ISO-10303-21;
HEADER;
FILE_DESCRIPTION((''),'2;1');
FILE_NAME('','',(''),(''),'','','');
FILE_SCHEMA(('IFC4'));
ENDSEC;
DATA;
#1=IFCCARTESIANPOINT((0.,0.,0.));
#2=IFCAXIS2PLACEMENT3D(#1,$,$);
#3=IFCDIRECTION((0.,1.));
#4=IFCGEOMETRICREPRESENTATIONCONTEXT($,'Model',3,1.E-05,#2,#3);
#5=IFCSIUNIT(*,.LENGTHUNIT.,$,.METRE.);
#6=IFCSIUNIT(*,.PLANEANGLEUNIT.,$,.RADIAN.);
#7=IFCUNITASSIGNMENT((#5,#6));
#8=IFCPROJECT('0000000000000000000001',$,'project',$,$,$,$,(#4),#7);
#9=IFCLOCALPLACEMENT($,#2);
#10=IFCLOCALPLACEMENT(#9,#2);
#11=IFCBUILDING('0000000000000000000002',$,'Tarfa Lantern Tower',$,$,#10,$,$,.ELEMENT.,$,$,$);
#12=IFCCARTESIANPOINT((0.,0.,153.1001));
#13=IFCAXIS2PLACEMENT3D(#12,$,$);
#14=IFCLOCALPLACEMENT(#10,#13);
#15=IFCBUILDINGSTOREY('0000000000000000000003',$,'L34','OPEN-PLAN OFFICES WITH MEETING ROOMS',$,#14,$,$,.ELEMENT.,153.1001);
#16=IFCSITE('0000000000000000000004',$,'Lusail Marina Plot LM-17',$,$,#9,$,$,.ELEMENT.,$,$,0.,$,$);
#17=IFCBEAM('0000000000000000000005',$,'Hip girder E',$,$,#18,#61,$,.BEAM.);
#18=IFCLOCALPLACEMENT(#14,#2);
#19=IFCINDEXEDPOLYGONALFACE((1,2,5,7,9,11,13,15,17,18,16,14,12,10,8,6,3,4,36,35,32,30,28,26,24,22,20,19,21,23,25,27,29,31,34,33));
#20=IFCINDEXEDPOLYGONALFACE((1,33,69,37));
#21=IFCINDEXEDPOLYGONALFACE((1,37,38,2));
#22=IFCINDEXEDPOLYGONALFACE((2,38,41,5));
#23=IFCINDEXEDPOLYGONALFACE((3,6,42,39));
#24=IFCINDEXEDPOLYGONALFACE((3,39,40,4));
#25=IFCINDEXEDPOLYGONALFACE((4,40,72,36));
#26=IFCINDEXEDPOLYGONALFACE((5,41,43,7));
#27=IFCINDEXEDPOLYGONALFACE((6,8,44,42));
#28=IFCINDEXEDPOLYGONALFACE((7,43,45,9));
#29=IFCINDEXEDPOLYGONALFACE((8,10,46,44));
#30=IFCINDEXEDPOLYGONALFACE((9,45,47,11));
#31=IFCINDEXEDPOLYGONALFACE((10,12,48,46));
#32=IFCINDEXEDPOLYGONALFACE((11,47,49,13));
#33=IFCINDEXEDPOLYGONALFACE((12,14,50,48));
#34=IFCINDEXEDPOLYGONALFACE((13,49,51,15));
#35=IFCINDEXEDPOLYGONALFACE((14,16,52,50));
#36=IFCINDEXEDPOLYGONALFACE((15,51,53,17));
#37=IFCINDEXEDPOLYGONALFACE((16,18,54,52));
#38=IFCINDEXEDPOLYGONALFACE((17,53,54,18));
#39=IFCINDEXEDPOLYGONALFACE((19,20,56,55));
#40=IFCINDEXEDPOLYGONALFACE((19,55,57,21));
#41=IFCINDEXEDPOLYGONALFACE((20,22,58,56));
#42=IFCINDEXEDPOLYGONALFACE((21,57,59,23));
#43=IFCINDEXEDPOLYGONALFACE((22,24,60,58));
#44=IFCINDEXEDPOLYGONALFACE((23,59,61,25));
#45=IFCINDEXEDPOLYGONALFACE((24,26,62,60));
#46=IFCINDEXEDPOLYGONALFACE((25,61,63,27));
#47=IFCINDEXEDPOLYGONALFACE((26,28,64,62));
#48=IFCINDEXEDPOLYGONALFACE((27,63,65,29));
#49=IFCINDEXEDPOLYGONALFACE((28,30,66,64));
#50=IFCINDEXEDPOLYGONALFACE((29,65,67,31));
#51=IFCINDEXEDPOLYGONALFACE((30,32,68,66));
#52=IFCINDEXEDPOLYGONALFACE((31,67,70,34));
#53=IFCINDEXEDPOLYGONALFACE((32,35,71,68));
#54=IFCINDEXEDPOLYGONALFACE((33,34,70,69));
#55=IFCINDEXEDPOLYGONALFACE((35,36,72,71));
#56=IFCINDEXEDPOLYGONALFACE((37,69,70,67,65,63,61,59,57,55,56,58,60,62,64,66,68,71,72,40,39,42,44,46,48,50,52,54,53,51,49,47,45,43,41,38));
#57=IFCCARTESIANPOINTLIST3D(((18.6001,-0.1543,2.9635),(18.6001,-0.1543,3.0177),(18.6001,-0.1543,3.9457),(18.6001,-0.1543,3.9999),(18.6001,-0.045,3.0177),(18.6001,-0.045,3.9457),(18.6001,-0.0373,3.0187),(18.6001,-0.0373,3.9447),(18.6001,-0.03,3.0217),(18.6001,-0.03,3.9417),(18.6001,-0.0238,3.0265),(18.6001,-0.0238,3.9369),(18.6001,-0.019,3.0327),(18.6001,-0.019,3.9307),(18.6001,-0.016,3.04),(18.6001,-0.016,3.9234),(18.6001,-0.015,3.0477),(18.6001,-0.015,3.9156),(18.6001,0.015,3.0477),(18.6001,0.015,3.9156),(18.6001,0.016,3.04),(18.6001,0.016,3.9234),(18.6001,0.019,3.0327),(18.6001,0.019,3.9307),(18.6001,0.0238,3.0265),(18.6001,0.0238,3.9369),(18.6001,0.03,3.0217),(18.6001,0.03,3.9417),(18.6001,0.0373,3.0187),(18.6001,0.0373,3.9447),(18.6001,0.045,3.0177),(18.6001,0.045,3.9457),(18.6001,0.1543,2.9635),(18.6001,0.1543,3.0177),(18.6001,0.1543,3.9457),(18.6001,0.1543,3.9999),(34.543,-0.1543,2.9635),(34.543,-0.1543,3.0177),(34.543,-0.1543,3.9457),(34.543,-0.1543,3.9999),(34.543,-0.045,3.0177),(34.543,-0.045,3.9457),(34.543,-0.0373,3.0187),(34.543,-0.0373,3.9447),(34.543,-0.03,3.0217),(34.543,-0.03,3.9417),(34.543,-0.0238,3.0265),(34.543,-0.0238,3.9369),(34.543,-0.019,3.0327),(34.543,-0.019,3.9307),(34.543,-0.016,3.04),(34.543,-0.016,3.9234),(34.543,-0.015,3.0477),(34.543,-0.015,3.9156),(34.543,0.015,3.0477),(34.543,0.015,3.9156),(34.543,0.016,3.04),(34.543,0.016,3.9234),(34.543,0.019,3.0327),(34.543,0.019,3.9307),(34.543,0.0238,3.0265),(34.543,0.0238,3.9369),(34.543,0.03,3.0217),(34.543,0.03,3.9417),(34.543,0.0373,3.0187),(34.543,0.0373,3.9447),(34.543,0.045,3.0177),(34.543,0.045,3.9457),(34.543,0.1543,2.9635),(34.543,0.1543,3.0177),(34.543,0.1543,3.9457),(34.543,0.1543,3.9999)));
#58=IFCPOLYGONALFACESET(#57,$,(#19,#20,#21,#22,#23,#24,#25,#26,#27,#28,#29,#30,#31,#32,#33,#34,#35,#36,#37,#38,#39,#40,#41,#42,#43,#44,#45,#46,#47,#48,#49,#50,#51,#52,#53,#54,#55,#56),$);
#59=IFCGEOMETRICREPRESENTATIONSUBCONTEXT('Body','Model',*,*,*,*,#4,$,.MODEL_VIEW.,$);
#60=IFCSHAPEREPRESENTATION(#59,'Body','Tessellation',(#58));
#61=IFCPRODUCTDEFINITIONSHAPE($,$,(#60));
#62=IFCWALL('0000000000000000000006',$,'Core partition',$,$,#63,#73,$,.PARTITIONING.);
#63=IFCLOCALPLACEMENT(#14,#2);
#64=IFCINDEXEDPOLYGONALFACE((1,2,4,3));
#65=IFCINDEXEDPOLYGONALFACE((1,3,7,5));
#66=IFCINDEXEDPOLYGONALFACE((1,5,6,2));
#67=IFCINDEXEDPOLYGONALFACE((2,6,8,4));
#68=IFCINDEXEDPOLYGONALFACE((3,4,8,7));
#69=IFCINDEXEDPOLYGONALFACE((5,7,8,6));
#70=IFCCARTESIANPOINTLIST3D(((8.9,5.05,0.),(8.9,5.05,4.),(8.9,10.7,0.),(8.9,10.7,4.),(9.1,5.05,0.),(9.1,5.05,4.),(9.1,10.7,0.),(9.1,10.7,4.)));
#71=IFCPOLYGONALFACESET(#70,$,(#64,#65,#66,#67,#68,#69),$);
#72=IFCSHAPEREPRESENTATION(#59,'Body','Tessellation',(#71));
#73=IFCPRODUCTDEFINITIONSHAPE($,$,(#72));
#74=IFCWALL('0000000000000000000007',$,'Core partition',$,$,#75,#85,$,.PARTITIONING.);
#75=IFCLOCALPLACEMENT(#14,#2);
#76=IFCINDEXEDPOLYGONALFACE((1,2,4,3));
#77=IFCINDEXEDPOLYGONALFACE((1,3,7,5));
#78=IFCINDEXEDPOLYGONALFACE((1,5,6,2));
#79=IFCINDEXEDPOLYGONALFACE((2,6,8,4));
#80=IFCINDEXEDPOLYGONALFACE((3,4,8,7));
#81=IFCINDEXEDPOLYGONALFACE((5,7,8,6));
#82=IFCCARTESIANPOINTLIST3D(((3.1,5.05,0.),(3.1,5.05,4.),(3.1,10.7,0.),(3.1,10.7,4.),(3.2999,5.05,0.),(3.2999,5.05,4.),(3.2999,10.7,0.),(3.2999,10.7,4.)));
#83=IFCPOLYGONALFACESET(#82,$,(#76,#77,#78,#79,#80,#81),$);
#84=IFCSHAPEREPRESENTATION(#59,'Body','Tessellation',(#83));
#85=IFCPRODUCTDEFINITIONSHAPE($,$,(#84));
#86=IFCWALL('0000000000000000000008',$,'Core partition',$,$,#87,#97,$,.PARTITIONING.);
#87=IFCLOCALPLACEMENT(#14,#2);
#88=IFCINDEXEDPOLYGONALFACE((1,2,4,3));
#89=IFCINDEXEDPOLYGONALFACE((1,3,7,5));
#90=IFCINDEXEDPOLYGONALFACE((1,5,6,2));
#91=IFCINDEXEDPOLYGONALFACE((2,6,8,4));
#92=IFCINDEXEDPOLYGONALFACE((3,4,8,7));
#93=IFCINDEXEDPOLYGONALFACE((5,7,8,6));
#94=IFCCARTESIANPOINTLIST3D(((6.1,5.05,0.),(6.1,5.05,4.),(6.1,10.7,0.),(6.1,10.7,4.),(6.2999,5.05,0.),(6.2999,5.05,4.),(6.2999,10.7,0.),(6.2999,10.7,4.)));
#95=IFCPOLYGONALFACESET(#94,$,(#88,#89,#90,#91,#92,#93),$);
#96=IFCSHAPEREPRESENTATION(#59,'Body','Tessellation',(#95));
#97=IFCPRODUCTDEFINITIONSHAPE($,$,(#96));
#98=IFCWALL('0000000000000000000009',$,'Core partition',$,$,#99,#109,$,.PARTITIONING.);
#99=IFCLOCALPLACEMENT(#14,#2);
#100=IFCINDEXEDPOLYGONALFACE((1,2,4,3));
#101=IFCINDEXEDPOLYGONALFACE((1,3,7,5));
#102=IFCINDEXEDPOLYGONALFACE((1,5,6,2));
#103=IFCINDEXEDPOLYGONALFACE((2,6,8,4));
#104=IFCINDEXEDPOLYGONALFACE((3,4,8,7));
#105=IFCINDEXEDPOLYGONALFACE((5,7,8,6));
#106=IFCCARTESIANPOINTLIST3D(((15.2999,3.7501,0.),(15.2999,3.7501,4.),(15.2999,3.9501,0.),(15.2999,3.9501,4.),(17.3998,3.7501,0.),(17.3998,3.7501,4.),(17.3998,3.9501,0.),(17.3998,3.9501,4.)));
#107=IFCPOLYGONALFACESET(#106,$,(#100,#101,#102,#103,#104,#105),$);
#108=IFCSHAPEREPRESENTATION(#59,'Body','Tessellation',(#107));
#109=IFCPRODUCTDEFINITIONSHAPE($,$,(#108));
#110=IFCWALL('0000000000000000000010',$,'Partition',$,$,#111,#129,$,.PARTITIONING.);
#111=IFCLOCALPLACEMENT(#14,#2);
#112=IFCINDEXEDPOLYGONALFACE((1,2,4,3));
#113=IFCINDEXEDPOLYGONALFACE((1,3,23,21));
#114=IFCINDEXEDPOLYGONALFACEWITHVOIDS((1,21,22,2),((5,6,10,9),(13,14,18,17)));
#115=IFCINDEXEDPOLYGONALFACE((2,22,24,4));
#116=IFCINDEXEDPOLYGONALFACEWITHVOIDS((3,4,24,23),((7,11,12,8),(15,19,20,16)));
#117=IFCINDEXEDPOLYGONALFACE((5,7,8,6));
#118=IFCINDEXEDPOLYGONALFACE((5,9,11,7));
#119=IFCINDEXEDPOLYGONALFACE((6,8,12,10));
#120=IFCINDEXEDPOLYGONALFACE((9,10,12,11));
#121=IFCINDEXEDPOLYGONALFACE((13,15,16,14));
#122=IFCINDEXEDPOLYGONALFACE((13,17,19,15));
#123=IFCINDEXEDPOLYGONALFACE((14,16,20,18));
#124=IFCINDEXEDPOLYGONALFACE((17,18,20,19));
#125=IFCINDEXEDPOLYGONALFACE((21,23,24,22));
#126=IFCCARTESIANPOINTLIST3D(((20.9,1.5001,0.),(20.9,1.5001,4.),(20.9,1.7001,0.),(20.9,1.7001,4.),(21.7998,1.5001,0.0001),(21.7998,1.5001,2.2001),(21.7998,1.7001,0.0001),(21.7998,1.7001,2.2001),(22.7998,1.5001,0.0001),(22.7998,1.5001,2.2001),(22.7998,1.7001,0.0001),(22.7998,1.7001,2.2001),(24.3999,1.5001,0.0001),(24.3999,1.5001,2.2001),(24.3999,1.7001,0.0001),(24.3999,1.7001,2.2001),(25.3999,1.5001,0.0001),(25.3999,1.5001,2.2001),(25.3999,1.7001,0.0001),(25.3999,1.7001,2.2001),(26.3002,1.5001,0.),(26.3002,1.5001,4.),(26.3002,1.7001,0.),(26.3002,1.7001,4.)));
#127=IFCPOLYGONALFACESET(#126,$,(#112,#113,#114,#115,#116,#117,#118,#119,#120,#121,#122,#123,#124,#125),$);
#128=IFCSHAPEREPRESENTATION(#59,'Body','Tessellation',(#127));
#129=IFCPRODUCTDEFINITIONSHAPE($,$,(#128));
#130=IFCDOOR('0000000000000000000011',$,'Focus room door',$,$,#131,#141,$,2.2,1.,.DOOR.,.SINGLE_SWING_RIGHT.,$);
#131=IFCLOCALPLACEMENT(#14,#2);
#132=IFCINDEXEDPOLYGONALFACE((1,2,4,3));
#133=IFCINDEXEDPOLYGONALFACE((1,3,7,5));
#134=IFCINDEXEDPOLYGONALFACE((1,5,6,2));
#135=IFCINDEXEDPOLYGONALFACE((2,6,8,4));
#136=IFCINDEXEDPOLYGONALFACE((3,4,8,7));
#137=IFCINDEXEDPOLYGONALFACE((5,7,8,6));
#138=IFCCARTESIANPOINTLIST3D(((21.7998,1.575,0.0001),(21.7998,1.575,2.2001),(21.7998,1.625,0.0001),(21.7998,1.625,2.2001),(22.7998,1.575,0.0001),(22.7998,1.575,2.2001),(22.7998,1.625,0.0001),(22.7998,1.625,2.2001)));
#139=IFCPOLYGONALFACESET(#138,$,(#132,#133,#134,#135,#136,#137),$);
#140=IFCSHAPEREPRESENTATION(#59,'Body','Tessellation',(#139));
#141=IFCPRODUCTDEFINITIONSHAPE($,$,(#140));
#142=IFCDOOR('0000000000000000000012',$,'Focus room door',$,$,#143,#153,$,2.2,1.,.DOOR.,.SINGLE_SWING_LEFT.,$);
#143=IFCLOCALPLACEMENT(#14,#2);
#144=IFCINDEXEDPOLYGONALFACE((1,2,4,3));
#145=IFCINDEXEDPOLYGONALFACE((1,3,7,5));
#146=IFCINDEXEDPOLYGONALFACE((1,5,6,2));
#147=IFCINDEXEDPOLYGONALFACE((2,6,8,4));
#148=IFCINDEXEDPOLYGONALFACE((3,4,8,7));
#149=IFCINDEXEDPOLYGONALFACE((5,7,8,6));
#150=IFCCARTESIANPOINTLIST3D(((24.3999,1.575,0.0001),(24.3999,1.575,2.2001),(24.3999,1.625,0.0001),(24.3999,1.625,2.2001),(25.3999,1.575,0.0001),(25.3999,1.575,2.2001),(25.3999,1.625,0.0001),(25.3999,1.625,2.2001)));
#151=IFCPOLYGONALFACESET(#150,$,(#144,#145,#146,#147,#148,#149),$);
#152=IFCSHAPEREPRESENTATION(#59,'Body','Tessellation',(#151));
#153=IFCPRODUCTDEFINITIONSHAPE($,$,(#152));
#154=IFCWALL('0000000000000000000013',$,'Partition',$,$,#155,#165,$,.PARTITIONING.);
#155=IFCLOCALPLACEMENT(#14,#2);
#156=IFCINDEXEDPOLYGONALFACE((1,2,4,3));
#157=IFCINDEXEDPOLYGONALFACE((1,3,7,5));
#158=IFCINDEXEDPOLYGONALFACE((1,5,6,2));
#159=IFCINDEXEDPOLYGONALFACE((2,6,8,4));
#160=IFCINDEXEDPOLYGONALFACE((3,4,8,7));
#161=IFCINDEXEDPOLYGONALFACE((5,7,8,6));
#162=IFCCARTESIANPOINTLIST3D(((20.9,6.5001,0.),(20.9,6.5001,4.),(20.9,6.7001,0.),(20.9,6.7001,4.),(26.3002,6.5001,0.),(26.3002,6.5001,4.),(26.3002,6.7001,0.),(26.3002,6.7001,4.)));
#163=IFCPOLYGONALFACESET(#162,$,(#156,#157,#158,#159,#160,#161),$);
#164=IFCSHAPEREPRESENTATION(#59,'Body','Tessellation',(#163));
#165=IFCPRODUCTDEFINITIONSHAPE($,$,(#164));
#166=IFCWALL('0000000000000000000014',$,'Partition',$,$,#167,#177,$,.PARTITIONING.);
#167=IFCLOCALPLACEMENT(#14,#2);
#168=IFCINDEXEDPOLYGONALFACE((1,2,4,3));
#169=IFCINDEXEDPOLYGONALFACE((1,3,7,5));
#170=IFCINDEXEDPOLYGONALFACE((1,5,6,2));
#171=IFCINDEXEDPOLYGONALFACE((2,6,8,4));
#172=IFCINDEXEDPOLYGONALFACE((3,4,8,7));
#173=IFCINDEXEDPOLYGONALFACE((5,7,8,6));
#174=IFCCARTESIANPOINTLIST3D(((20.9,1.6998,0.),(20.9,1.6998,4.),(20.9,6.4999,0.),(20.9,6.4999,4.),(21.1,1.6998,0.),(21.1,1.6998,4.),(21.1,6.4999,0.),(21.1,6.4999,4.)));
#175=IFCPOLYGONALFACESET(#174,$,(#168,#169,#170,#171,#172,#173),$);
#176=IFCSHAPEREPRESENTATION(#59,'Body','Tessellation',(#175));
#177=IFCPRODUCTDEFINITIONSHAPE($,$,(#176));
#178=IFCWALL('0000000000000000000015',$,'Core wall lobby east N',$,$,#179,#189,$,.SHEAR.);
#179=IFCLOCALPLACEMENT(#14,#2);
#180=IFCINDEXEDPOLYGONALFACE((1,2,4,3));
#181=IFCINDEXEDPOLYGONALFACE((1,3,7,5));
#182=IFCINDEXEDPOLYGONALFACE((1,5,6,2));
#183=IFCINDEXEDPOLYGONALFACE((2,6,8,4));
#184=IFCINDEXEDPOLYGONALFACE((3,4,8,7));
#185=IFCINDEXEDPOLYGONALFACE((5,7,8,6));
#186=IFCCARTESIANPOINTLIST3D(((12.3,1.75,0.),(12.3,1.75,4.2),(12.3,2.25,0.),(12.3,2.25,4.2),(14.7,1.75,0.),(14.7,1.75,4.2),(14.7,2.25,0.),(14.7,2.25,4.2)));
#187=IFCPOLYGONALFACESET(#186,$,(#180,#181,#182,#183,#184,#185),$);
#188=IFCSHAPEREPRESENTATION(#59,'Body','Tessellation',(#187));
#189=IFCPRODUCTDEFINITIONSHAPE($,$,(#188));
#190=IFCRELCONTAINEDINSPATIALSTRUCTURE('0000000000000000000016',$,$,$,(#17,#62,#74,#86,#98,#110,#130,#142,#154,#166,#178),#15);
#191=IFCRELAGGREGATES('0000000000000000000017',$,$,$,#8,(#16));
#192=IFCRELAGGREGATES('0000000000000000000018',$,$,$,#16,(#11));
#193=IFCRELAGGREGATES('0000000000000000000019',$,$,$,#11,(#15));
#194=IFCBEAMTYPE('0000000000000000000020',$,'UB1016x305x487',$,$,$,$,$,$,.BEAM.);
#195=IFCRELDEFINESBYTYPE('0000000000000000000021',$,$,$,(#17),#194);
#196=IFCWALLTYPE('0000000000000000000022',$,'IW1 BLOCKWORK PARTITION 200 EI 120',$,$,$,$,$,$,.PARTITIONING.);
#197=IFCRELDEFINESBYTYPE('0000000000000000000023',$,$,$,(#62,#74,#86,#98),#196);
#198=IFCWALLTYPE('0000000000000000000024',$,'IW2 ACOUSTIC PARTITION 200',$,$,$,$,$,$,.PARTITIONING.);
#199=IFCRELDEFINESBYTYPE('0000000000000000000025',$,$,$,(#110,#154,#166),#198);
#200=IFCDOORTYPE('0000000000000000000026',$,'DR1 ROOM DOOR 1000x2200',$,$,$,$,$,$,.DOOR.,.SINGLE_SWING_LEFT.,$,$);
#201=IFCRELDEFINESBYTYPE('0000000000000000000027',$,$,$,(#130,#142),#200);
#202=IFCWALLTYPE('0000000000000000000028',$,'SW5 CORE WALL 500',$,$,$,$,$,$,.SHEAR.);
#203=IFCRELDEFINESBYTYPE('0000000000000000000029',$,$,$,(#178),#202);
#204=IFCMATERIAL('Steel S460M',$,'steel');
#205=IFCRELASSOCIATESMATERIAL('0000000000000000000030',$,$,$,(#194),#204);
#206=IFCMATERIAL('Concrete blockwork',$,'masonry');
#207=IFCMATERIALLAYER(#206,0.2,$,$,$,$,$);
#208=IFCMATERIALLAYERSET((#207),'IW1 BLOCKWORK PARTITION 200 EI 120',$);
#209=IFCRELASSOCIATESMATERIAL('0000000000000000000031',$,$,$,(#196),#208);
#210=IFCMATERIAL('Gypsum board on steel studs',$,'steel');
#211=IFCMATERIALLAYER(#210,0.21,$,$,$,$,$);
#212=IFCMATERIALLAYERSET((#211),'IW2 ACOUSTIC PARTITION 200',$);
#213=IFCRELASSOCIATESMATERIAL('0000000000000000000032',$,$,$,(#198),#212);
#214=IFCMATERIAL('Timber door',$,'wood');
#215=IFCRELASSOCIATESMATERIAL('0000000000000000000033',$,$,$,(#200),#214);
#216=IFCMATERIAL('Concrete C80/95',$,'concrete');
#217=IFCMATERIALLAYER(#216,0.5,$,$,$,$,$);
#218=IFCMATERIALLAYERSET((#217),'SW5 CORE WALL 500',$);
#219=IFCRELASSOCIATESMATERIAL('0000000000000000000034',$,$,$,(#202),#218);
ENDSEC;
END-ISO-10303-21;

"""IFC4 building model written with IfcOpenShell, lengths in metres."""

from ifc_helpers import new_model, si_unit, direction, frame, frame_2d, origin, origin_2d, place, context, subcontext, project, spatial, rectangle, i_section, extrude, material, layer, layer_set, material_profile, profile_set, type_object, element, fill, save


model = new_model("IFC4")

# Units and contexts
model_context = context("Model", 3, precision=1e-05, world=origin(), true_north=direction((0.0, 1.0)))
body_context = subcontext(model_context, "Body", "Model", "MODEL_VIEW")
ifc_project = project(units=[si_unit("LENGTHUNIT", "METRE"), si_unit("PLANEANGLEUNIT", "RADIAN")], contexts=[model_context])

# Site, building, storey
site_placement = place(None, origin())
site = spatial("IfcSite", under=ifc_project, at=site_placement, Name="Lusail Marina Plot LM-17", CompositionType="ELEMENT", RefElevation=0.0)
building_placement = place(site_placement, origin())
building = spatial("IfcBuilding", under=site, at=building_placement, Name="Tarfa Lantern Tower", CompositionType="ELEMENT")
storey_placement = place(building_placement, frame((0.0, 0.0, 153.1001)))
storey = spatial("IfcBuildingStorey", under=building, at=storey_placement, Name="L34", Description="OPEN-PLAN OFFICES WITH MEETING ROOMS", CompositionType="ELEMENT", Elevation=153.1001)

# Beam
ifc_material_1 = material(Name="Steel S460M", Category="steel")
ifc_material_profile = material_profile(ifc_material_1, i_section(OverallWidth=0.3086, OverallDepth=1.0364, WebThickness=0.03, FlangeThickness=0.0542, FilletRadius=0.03, at=origin_2d()), Name="UB1016x305x487")
ifc_profile_set = profile_set([ifc_material_profile], Name="Steel S460M")
beam_type = type_object("IfcBeamType", Name="UB1016x305x487", PredefinedType="BEAM", material=ifc_profile_set)
beam_placement = place(storey_placement, frame((18.6001, 0.0, 3.4817), z_axis=(1.0, 0.0, 0.0), x_axis=(0.0, 1.0, 0.0)))
element("IfcBeam", 1, at=beam_placement, inside=storey, type_object=beam_type, Name="Hip girder E", PredefinedType="BEAM", context=body_context, shape_type="SweptSolid", body=[
    extrude(i_section(OverallWidth=0.3086, OverallDepth=1.0364, WebThickness=0.03, FlangeThickness=0.0542, FilletRadius=0.03, at=origin_2d()), origin(), (0.0, 0.0, 1.0), 15.9429),
])

# Walls
ifc_material_2 = material(Name="Concrete blockwork", Category="masonry")
ifc_layer_1 = layer(ifc_material_2, 0.2)
ifc_layer_set_1 = layer_set([ifc_layer_1], Name="IW1 BLOCKWORK PARTITION 200 EI 120")
wall_type_1 = type_object("IfcWallType", Name="IW1 BLOCKWORK PARTITION 200 EI 120", PredefinedType="PARTITIONING", material=ifc_layer_set_1)
for number, where, z_axis, x_axis, name in (
    (2, (9.0, 5.05, 0.0), (0.0, 0.0, 1.0), (0.0, 1.0, 0.0), "Core partition"),
    (3, (3.2, 5.05, 0.0), (0.0, 0.0, 1.0), (0.0, 1.0, 0.0), "Core partition"),
    (4, (6.2, 5.05, 0.0), (0.0, 0.0, 1.0), (0.0, 1.0, 0.0), "Core partition"),
):
    element("IfcWall", number, at=place(storey_placement, frame(where, z_axis=z_axis, x_axis=x_axis)), inside=storey, type_object=wall_type_1, Name=name, PredefinedType="PARTITIONING", context=body_context, shape_type="SweptSolid", body=[
        extrude(rectangle(XDim=5.6499, YDim=0.2, at=frame_2d((2.825, 0.0))), origin(), (0.0, 0.0, 1.0), 4.0),
    ])
wall_1_placement = place(storey_placement, frame((15.3, 3.8501, 0.0), z_axis=(0.0, 0.0, 1.0), x_axis=(1.0, 0.0, 0.0)))
element("IfcWall", 5, at=wall_1_placement, inside=storey, type_object=wall_type_1, Name="Core partition", PredefinedType="PARTITIONING", context=body_context, shape_type="SweptSolid", body=[
    extrude(rectangle(XDim=2.0999, YDim=0.2, at=frame_2d((1.0498, 0.0))), origin(), (0.0, 0.0, 1.0), 4.0),
])

# Wall, openings, doors
ifc_material_3 = material(Name="Gypsum board on steel studs", Category="steel")
ifc_layer_2 = layer(ifc_material_3, 0.21)
ifc_layer_set_2 = layer_set([ifc_layer_2], Name="IW2 ACOUSTIC PARTITION 200")
wall_type_2 = type_object("IfcWallType", Name="IW2 ACOUSTIC PARTITION 200", PredefinedType="PARTITIONING", material=ifc_layer_set_2)
wall_2_placement = place(storey_placement, frame((20.8999, 1.6001, 0.0), z_axis=(0.0, 0.0, 1.0), x_axis=(1.0, 0.0, 0.0)))
wall_2 = element("IfcWall", 6, at=wall_2_placement, inside=storey, type_object=wall_type_2, Name="Partition", PredefinedType="PARTITIONING", context=body_context, shape_type="SweptSolid", body=[
    extrude(rectangle(XDim=5.4001, YDim=0.2, at=frame_2d((2.7002, 0.0))), origin(), (0.0, 0.0, 1.0), 4.0),
])
opening_1_placement = place(wall_2_placement, frame((0.8999, 0.0, 0.0)))
opening_1 = element("IfcOpeningElement", 7, at=opening_1_placement, cuts=wall_2, PredefinedType="OPENING", context=body_context, shape_type="SweptSolid", body=[
    extrude(rectangle(XDim=1.0, YDim=2.2, at=frame_2d((0.5, 1.1001))), frame((0.0, 0.1099, 0.0), z_axis=(0.0, -1.0, 0.0), x_axis=(1.0, 0.0, 0.0)), (0.0, 0.0, 1.0), 0.22),
])
opening_2_placement = place(wall_2_placement, frame((3.5, 0.0, 0.0)))
opening_2 = element("IfcOpeningElement", 8, at=opening_2_placement, cuts=wall_2, PredefinedType="OPENING", context=body_context, shape_type="SweptSolid", body=[
    extrude(rectangle(XDim=1.0, YDim=2.2, at=frame_2d((0.5, 1.1001))), frame((0.0, 0.1099, 0.0), z_axis=(0.0, -1.0, 0.0), x_axis=(1.0, 0.0, 0.0)), (0.0, 0.0, 1.0), 0.22),
])
ifc_material_4 = material(Name="Timber door", Category="wood")
door_type_1 = type_object("IfcDoorType", Name="DR1 ROOM DOOR 1000x2200", OperationType="SINGLE_SWING_LEFT", PredefinedType="DOOR", material=ifc_material_4)
door_1_placement = place(opening_1_placement, origin())
door_1 = element("IfcDoor", 9, at=door_1_placement, inside=storey, type_object=door_type_1, Name="Focus room door", OperationType="SINGLE_SWING_RIGHT", OverallHeight=2.2, OverallWidth=1.0, PredefinedType="DOOR", context=body_context, shape_type="SweptSolid", body=[
    extrude(rectangle(XDim=1.0, YDim=2.2, at=frame_2d((0.5, 1.1001))), frame((0.0, 0.0249, 0.0), z_axis=(0.0, -1.0, 0.0), x_axis=(1.0, 0.0, 0.0)), (0.0, 0.0, 1.0), 0.05),
])
fill(opening_1, door_1)
door_2_placement = place(opening_2_placement, origin())
door_2 = element("IfcDoor", 10, at=door_2_placement, inside=storey, type_object=door_type_1, Name="Focus room door", OperationType="SINGLE_SWING_LEFT", OverallHeight=2.2, OverallWidth=1.0, PredefinedType="DOOR", context=body_context, shape_type="SweptSolid", body=[
    extrude(rectangle(XDim=1.0, YDim=2.2, at=frame_2d((0.5, 1.1001))), frame((0.0, 0.0249, 0.0), z_axis=(0.0, -1.0, 0.0), x_axis=(1.0, 0.0, 0.0)), (0.0, 0.0, 1.0), 0.05),
])
fill(opening_2, door_2)

# Walls
wall_3_placement = place(storey_placement, frame((20.8999, 6.6001, 0.0), z_axis=(0.0, 0.0, 1.0), x_axis=(1.0, 0.0, 0.0)))
element("IfcWall", 11, at=wall_3_placement, inside=storey, type_object=wall_type_2, Name="Partition", PredefinedType="PARTITIONING", context=body_context, shape_type="SweptSolid", body=[
    extrude(rectangle(XDim=5.4001, YDim=0.2, at=frame_2d((2.7002, 0.0))), origin(), (0.0, 0.0, 1.0), 4.0),
])
wall_4_placement = place(storey_placement, frame((21.0, 1.7, 0.0), z_axis=(0.0, 0.0, 1.0), x_axis=(0.0, 1.0, 0.0)))
element("IfcWall", 12, at=wall_4_placement, inside=storey, type_object=wall_type_2, Name="Partition", PredefinedType="PARTITIONING", context=body_context, shape_type="SweptSolid", body=[
    extrude(rectangle(XDim=4.8, YDim=0.2, at=frame_2d((2.3999, 0.0))), origin(), (0.0, 0.0, 1.0), 4.0),
])
ifc_material_5 = material(Name="Concrete C80/95", Category="concrete")
ifc_layer_3 = layer(ifc_material_5, 0.5)
ifc_layer_set_3 = layer_set([ifc_layer_3], Name="SW5 CORE WALL 500")
wall_type_3 = type_object("IfcWallType", Name="SW5 CORE WALL 500", PredefinedType="SHEAR", material=ifc_layer_set_3)
wall_5_placement = place(storey_placement, frame((12.3, 2.0, 0.0), z_axis=(0.0, 0.0, 1.0), x_axis=(1.0, 0.0, 0.0)))
element("IfcWall", 13, at=wall_5_placement, inside=storey, type_object=wall_type_3, Name="Core wall lobby east N", PredefinedType="SHEAR", context=body_context, shape_type="SweptSolid", body=[
    extrude(rectangle(XDim=2.3999, YDim=0.5, at=frame_2d((1.2, 0.0))), origin(), (0.0, 0.0, 1.0), 4.2),
])

save(model, "model.ifc")
